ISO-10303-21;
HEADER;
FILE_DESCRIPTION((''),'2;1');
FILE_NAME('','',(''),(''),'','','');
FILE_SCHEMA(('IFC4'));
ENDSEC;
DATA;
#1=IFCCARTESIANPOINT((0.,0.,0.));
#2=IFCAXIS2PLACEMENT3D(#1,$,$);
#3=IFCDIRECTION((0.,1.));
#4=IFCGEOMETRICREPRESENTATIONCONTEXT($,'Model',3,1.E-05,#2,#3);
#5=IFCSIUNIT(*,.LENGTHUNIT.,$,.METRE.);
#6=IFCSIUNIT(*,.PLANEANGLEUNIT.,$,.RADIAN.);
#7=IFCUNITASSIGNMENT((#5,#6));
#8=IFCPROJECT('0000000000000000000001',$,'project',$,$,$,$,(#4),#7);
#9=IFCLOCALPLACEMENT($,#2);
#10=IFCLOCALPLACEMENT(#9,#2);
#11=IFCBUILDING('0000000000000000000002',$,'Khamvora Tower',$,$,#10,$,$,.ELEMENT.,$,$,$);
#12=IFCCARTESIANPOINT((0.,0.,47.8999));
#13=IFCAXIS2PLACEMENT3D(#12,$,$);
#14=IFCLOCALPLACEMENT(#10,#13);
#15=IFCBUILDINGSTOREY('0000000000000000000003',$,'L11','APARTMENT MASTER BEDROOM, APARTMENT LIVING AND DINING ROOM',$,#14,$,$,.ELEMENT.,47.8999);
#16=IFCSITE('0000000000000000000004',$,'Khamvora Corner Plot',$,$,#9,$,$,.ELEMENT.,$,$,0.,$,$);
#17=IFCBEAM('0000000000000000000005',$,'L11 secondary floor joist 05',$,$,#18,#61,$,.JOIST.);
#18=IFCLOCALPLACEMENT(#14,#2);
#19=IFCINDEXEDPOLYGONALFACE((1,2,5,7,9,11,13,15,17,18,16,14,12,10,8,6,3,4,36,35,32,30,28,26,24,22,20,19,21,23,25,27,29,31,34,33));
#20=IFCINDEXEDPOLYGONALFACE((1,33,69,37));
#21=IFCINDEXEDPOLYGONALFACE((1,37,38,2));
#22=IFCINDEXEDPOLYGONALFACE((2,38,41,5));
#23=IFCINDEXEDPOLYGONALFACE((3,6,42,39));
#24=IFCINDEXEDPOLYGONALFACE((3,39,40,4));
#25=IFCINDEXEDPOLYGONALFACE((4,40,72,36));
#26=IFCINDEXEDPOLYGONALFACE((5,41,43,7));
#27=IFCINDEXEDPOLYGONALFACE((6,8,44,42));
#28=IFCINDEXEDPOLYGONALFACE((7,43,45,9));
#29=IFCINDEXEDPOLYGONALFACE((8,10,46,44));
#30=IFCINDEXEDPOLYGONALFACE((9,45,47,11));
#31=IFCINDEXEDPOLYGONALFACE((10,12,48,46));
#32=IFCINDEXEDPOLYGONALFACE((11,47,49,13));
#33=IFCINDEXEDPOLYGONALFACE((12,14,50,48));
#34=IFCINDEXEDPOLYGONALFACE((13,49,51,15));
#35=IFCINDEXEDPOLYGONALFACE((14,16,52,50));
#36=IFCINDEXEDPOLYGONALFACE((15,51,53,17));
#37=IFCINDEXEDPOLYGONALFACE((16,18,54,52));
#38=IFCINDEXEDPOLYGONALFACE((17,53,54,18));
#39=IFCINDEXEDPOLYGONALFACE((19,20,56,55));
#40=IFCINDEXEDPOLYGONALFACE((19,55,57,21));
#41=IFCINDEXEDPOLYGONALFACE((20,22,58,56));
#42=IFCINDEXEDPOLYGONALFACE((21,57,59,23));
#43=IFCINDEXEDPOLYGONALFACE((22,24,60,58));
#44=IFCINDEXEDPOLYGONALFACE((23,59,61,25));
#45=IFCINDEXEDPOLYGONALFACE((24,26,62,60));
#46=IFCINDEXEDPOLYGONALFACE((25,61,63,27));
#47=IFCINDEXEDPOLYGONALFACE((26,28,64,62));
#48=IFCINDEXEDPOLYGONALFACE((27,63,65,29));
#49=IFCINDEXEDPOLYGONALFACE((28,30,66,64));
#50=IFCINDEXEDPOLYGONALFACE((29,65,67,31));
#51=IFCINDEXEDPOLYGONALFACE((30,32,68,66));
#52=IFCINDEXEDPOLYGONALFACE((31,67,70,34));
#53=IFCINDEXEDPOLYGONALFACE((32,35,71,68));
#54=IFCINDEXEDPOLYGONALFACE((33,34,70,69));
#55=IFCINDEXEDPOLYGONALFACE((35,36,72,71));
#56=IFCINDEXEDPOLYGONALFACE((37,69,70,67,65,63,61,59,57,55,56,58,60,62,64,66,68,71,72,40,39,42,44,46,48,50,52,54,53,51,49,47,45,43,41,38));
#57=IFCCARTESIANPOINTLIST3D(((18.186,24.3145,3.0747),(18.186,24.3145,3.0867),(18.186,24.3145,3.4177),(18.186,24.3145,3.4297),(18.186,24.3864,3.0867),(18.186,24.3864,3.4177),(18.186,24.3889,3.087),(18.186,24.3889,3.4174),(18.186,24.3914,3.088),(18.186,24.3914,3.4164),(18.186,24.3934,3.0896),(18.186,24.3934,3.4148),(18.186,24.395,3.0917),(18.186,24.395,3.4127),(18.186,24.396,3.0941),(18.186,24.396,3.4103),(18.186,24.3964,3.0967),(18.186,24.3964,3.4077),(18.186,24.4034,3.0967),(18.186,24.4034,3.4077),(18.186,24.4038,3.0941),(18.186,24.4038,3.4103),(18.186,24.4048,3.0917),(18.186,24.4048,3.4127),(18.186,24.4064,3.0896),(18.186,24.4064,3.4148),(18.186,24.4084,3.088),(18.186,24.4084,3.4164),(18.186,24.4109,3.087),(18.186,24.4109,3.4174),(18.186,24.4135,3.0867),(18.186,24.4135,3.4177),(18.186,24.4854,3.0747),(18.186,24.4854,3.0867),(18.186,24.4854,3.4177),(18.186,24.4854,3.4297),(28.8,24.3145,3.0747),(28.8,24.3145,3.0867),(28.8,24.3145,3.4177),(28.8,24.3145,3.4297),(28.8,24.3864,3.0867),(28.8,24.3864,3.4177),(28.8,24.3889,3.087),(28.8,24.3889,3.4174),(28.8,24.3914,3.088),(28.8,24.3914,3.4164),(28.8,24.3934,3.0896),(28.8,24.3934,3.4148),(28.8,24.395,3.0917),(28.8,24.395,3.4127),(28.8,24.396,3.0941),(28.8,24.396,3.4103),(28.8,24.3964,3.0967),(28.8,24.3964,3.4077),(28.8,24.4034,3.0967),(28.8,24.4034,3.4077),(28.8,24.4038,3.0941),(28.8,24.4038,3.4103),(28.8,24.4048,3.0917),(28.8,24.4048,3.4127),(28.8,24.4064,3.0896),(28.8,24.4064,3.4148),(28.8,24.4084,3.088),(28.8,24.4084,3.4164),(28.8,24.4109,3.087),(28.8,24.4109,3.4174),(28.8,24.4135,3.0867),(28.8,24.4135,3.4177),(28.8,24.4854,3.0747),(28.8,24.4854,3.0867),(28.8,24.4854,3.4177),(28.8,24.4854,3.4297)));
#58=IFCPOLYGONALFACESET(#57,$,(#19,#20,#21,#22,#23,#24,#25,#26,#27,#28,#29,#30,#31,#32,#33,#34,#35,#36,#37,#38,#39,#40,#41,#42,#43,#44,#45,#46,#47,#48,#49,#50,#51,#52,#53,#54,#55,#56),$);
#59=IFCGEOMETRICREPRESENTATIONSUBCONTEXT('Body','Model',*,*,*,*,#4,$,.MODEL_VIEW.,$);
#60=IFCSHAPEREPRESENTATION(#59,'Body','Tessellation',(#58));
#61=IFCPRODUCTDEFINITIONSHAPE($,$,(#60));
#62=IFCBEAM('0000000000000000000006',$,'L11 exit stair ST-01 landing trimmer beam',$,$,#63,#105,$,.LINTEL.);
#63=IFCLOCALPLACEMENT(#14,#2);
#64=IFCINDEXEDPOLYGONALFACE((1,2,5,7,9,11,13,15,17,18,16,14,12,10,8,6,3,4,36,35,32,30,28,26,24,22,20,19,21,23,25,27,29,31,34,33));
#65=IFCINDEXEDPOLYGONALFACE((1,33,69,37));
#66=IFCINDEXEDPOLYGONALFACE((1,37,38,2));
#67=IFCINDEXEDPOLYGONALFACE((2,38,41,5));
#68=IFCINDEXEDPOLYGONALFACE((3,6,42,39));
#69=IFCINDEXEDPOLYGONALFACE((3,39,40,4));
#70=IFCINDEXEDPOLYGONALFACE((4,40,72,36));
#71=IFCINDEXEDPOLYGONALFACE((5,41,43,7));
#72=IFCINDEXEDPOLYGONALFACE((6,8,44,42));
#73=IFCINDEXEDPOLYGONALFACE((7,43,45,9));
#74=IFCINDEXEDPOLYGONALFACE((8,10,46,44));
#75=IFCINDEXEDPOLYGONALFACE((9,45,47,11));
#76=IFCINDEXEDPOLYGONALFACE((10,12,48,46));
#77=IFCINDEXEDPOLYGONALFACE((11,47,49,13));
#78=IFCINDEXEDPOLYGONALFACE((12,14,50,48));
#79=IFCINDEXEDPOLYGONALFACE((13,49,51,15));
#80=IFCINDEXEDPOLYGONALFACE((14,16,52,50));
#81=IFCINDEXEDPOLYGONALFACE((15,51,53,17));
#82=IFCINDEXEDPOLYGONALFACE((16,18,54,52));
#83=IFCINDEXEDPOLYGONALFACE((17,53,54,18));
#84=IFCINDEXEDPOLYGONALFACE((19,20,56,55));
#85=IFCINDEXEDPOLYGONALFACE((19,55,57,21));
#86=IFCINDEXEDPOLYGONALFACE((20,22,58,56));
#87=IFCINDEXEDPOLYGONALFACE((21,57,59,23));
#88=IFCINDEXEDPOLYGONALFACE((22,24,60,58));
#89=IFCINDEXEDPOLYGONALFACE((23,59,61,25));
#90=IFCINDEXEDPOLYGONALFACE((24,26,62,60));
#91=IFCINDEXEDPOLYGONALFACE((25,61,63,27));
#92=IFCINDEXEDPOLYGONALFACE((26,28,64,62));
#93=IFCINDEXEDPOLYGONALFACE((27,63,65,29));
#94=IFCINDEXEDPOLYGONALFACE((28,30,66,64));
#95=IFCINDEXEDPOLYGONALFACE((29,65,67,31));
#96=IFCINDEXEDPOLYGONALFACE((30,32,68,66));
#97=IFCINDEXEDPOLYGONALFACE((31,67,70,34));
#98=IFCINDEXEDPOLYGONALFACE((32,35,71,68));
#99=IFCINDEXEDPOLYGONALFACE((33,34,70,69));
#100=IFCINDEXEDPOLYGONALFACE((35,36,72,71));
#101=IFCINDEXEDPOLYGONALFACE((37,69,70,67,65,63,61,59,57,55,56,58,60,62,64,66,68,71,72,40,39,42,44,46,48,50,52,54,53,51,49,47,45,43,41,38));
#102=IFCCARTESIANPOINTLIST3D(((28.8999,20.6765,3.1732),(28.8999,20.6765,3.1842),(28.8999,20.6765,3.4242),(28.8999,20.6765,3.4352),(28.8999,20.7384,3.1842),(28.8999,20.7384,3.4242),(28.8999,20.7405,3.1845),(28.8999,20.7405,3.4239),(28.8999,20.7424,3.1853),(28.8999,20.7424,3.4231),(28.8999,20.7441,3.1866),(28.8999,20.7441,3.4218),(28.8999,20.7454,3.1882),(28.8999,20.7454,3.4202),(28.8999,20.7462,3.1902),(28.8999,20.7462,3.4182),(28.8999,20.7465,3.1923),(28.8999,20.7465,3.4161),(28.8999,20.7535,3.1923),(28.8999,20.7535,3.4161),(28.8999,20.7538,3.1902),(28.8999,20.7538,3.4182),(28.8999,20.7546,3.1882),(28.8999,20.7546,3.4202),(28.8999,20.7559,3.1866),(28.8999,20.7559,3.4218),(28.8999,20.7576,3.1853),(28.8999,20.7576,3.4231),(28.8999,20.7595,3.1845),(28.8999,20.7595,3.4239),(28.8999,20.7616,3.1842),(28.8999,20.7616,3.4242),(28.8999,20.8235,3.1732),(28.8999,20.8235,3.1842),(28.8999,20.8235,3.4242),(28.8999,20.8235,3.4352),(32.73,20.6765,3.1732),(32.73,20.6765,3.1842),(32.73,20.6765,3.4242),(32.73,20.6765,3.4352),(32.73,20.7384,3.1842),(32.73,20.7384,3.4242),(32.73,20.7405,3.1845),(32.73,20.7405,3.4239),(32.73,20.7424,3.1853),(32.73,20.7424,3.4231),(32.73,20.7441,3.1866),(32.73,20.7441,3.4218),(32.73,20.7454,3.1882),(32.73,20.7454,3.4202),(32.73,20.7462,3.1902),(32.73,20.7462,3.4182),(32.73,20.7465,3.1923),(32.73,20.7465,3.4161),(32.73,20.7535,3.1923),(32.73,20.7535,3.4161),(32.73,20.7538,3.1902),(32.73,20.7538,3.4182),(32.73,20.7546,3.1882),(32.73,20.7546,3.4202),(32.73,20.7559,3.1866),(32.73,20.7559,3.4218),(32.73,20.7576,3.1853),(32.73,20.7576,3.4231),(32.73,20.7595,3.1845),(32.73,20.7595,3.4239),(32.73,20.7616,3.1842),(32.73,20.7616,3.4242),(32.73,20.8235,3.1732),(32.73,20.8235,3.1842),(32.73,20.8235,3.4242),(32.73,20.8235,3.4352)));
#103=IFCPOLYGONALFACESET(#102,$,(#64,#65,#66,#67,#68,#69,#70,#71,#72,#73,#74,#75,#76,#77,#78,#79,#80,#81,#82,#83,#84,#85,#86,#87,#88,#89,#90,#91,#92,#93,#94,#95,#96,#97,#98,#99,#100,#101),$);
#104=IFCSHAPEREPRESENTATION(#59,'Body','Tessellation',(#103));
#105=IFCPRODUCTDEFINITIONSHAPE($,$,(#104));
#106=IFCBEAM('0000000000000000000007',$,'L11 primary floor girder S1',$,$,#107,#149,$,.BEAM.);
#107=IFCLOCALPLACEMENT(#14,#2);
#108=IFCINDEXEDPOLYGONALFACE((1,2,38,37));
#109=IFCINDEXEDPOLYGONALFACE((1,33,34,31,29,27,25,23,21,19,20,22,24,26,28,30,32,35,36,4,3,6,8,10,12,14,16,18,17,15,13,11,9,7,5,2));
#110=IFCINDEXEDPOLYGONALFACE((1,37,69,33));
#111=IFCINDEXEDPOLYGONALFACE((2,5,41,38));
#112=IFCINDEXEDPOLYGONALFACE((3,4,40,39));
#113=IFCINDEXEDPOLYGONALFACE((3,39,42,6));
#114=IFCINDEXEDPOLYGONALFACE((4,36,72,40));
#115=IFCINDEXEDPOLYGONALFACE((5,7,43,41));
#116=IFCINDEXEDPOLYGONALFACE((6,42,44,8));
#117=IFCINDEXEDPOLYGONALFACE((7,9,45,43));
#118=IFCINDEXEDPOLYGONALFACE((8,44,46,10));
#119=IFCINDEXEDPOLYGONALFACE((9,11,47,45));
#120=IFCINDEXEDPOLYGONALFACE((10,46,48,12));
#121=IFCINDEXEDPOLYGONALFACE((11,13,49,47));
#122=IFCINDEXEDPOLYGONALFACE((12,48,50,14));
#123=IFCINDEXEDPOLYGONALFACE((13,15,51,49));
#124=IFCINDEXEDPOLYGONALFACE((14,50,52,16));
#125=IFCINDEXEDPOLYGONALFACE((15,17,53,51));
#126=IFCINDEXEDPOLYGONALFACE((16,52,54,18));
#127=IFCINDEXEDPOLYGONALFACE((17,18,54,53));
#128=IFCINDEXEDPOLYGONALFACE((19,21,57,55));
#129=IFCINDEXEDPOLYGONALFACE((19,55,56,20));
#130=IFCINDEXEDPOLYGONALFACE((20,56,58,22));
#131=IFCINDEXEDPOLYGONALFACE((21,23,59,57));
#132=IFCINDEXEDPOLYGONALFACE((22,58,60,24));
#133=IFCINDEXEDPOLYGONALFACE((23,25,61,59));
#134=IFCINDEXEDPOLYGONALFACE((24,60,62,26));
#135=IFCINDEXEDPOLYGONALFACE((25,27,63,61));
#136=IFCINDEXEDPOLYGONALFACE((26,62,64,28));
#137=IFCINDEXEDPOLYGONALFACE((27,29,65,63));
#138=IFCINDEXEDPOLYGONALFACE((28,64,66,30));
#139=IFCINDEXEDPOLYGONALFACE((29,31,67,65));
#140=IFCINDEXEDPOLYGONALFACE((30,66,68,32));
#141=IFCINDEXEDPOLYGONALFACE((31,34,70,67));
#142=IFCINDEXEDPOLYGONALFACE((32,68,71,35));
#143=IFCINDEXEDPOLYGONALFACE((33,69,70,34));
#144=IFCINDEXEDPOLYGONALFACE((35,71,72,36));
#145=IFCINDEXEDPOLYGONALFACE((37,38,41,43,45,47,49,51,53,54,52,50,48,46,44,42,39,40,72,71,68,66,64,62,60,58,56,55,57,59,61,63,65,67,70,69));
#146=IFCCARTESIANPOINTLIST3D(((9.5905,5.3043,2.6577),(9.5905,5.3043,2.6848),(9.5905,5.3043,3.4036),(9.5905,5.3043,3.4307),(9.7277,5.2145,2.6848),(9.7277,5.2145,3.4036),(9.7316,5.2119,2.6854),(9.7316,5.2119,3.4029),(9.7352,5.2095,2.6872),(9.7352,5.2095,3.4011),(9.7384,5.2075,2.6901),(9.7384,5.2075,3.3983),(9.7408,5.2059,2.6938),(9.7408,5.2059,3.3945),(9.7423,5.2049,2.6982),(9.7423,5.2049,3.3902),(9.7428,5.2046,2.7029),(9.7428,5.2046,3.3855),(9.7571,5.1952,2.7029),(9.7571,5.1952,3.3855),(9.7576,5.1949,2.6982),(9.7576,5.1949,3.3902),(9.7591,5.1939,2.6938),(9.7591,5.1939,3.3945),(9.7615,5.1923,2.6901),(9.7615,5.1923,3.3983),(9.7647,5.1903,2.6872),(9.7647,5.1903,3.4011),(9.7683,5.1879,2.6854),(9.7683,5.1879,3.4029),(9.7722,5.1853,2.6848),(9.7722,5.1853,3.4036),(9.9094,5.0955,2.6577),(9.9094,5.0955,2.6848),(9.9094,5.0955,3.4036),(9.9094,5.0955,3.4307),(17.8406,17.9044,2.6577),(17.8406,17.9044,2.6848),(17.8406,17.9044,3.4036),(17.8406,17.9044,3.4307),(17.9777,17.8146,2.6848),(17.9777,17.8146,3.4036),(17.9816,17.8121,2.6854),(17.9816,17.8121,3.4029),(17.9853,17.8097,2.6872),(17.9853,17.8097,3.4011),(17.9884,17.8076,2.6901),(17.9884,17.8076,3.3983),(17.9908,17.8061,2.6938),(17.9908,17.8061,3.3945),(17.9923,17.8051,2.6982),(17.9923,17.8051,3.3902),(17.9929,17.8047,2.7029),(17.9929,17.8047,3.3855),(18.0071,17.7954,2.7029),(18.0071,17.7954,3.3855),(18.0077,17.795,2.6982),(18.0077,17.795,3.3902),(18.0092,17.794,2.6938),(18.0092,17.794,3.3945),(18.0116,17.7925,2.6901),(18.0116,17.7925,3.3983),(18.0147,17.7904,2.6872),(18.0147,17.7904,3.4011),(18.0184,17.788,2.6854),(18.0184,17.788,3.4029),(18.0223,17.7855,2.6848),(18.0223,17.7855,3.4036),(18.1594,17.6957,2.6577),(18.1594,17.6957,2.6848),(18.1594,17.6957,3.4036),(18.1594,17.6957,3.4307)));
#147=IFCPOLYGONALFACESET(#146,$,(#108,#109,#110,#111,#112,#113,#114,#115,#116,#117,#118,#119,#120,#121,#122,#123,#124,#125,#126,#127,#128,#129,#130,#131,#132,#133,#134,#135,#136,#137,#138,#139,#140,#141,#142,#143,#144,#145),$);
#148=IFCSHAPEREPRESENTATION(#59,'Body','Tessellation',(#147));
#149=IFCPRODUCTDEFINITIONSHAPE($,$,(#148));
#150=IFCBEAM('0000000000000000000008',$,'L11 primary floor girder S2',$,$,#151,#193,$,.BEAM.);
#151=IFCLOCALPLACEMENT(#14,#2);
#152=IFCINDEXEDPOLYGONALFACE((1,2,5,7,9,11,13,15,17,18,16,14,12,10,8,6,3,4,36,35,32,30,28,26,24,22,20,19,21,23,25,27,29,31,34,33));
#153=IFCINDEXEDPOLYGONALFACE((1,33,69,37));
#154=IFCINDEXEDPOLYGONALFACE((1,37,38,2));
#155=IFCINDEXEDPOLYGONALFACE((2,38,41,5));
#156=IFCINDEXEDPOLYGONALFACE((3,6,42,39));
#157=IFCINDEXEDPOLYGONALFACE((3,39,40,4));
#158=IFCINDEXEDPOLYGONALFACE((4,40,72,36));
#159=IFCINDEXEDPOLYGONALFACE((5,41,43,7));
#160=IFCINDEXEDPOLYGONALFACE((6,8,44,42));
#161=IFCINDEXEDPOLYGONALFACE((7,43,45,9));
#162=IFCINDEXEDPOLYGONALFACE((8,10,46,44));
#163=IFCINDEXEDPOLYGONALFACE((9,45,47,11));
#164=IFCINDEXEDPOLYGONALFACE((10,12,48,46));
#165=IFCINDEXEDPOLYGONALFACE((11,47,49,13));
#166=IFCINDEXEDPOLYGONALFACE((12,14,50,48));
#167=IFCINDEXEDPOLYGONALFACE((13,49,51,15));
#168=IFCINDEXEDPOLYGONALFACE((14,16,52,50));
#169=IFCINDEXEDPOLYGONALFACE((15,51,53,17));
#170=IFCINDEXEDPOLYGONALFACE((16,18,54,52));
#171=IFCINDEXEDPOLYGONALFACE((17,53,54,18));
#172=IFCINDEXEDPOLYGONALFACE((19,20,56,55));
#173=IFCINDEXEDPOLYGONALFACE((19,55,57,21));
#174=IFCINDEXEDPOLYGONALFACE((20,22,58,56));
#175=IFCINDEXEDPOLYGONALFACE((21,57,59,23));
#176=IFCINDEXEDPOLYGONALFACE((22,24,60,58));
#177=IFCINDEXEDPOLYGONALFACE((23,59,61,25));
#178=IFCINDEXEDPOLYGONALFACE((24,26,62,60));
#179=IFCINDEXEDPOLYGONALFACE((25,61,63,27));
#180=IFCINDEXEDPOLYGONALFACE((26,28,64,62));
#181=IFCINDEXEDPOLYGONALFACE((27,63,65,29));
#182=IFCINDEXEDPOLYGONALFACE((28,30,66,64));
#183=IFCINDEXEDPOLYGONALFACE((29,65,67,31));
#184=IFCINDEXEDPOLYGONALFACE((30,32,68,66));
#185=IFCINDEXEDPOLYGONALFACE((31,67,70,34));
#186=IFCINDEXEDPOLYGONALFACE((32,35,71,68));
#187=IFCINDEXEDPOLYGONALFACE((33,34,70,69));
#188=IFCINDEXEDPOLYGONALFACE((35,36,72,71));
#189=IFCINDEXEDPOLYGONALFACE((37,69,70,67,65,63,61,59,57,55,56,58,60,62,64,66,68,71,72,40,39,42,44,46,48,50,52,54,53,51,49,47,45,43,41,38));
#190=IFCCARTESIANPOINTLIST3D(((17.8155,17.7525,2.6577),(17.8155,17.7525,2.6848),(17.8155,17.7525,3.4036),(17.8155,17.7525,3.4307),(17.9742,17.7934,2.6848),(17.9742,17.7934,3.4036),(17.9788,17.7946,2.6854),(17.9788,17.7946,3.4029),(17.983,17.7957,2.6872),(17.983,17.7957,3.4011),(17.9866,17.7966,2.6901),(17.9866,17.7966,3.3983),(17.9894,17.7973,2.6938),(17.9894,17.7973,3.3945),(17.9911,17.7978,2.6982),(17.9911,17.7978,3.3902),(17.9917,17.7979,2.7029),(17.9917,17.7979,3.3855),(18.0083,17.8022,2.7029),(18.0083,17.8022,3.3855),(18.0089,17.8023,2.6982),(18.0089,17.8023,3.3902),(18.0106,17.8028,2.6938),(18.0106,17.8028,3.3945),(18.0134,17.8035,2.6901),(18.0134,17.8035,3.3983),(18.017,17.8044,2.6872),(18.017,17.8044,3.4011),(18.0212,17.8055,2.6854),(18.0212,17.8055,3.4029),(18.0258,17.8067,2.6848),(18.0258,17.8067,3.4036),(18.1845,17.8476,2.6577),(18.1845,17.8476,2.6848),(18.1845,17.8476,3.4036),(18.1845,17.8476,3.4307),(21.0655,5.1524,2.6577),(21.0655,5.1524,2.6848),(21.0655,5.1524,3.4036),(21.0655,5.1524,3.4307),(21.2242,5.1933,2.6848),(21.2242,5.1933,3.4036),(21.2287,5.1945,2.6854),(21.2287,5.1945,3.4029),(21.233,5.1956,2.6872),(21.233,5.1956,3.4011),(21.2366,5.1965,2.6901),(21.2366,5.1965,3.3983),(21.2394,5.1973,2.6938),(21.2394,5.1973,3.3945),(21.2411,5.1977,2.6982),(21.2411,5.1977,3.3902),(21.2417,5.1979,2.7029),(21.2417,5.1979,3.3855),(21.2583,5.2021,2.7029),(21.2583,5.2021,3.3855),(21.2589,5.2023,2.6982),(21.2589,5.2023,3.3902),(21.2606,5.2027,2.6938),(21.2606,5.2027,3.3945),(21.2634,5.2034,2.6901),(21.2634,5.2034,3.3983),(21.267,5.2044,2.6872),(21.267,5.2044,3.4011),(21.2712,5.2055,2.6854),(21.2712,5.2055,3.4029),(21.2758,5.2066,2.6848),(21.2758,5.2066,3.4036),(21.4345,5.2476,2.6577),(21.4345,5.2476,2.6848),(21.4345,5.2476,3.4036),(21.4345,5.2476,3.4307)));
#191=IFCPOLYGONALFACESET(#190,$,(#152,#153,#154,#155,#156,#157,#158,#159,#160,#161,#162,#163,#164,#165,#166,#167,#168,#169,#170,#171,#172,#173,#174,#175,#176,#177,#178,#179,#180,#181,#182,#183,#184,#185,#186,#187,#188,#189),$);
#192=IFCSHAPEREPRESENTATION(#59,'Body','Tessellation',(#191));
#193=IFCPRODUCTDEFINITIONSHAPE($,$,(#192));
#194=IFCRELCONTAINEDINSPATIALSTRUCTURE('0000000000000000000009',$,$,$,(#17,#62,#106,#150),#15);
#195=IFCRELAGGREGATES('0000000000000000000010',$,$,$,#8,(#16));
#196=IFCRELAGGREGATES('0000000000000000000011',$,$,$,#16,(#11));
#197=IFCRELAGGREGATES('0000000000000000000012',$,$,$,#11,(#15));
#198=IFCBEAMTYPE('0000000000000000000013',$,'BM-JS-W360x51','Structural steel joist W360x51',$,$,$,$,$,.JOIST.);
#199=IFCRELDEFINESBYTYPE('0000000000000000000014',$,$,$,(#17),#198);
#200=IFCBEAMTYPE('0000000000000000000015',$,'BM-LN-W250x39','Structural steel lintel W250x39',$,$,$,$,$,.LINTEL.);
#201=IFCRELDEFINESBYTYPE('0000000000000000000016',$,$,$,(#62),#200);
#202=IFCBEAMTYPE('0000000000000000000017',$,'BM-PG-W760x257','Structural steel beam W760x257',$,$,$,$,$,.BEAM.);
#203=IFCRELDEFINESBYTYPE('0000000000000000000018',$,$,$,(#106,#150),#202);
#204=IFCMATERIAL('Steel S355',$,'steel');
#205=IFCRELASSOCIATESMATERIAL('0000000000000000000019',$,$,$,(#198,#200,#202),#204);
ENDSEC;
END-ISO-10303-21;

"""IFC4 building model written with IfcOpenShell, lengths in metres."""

from ifc_helpers import new_model, si_unit, direction, frame, origin, origin_2d, place, context, subcontext, project, spatial, i_section, extrude, material, material_profile, profile_set, type_object, element, save


model = new_model("IFC4")

# Units and contexts
model_context = context("Model", 3, precision=1e-05, world=origin(), true_north=direction((0.0, 1.0)))
body_context = subcontext(model_context, "Body", "Model", "MODEL_VIEW")
ifc_project = project(units=[si_unit("LENGTHUNIT", "METRE"), si_unit("PLANEANGLEUNIT", "RADIAN")], contexts=[model_context])

# Site, building, storey
site_placement = place(None, origin())
site = spatial("IfcSite", under=ifc_project, at=site_placement, Name="Khamvora Corner Plot", CompositionType="ELEMENT", RefElevation=0.0)
building_placement = place(site_placement, origin())
building = spatial("IfcBuilding", under=site, at=building_placement, Name="Khamvora Tower", CompositionType="ELEMENT")
storey_placement = place(building_placement, frame((0.0, 0.0, 47.8999)))
storey = spatial("IfcBuildingStorey", under=building, at=storey_placement, Name="L11", Description="APARTMENT MASTER BEDROOM, APARTMENT LIVING AND DINING ROOM", CompositionType="ELEMENT", Elevation=47.8999)

# Beams
ifc_material_1 = material(Name="Steel S355", Category="steel")
ifc_material_profile_1 = material_profile(ifc_material_1, i_section(OverallWidth=0.1709, OverallDepth=0.355, WebThickness=0.0071, FlangeThickness=0.012, FilletRadius=0.01, at=origin_2d()), Name="W360x51")
ifc_profile_set_1 = profile_set([ifc_material_profile_1], Name="Steel S355")
beam_type_1 = type_object("IfcBeamType", Name="BM-JS-W360x51", Description="Structural steel joist W360x51", PredefinedType="JOIST", material=ifc_profile_set_1)
beam_1_placement = place(storey_placement, frame((18.186, 24.3999, 3.2522), z_axis=(1.0, 0.0, 0.0), x_axis=(0.0, 1.0, 0.0)))
element("IfcBeam", 1, at=beam_1_placement, inside=storey, type_object=beam_type_1, Name="L11 secondary floor joist 05", PredefinedType="JOIST", context=body_context, shape_type="SweptSolid", body=[
    extrude(i_section(OverallWidth=0.1709, OverallDepth=0.355, WebThickness=0.0071, FlangeThickness=0.012, FilletRadius=0.01, at=origin_2d()), origin(), (0.0, 0.0, 1.0), 10.614),
])
ifc_material_profile_2 = material_profile(ifc_material_1, i_section(OverallWidth=0.147, OverallDepth=0.262, WebThickness=0.0071, FlangeThickness=0.011, FilletRadius=0.0081, at=origin_2d()), Name="W250x39")
ifc_profile_set_2 = profile_set([ifc_material_profile_2], Name="Steel S355")
beam_type_2 = type_object("IfcBeamType", Name="BM-LN-W250x39", Description="Structural steel lintel W250x39", PredefinedType="LINTEL", material=ifc_profile_set_2)
beam_2_placement = place(storey_placement, frame((28.8999, 20.75, 3.3042), z_axis=(1.0, 0.0, 0.0), x_axis=(0.0, 1.0, 0.0)))
element("IfcBeam", 2, at=beam_2_placement, inside=storey, type_object=beam_type_2, Name="L11 exit stair ST-01 landing trimmer beam", PredefinedType="LINTEL", context=body_context, shape_type="SweptSolid", body=[
    extrude(i_section(OverallWidth=0.147, OverallDepth=0.262, WebThickness=0.0071, FlangeThickness=0.011, FilletRadius=0.0081, at=origin_2d()), origin(), (0.0, 0.0, 1.0), 3.8301),
])
ifc_material_profile_3 = material_profile(ifc_material_1, i_section(OverallWidth=0.3811, OverallDepth=0.7729, WebThickness=0.0171, FlangeThickness=0.0271, FilletRadius=0.0181, at=origin_2d()), Name="W760x257")
ifc_profile_set_3 = profile_set([ifc_material_profile_3], Name="Steel S355")
beam_type_3 = type_object("IfcBeamType", Name="BM-PG-W760x257", Description="Structural steel beam W760x257", PredefinedType="BEAM", material=ifc_profile_set_3)
beam_3_placement = place(storey_placement, frame((18.0, 17.8, 3.0442), z_axis=(-0.547783, -0.83662, 0.0), x_axis=(0.83662, -0.547783, 0.0)))
element("IfcBeam", 3, at=beam_3_placement, inside=storey, type_object=beam_type_3, Name="L11 primary floor girder S1", PredefinedType="BEAM", context=body_context, shape_type="SweptSolid", body=[
    extrude(i_section(OverallWidth=0.3811, OverallDepth=0.7729, WebThickness=0.0171, FlangeThickness=0.0271, FilletRadius=0.0181, at=origin_2d()), origin(), (0.0, 0.0, 1.0), 15.0608),
])
beam_4_placement = place(storey_placement, frame((18.0, 17.8, 3.0442), z_axis=(0.24976, -0.968308, 0.0), x_axis=(0.968308, 0.24976, 0.0)))
element("IfcBeam", 4, at=beam_4_placement, inside=storey, type_object=beam_type_3, Name="L11 primary floor girder S2", PredefinedType="BEAM", context=body_context, shape_type="SweptSolid", body=[
    extrude(i_section(OverallWidth=0.3811, OverallDepth=0.7729, WebThickness=0.0171, FlangeThickness=0.0271, FilletRadius=0.0181, at=origin_2d()), origin(), (0.0, 0.0, 1.0), 13.0125),
])

save(model, "model.ifc")
